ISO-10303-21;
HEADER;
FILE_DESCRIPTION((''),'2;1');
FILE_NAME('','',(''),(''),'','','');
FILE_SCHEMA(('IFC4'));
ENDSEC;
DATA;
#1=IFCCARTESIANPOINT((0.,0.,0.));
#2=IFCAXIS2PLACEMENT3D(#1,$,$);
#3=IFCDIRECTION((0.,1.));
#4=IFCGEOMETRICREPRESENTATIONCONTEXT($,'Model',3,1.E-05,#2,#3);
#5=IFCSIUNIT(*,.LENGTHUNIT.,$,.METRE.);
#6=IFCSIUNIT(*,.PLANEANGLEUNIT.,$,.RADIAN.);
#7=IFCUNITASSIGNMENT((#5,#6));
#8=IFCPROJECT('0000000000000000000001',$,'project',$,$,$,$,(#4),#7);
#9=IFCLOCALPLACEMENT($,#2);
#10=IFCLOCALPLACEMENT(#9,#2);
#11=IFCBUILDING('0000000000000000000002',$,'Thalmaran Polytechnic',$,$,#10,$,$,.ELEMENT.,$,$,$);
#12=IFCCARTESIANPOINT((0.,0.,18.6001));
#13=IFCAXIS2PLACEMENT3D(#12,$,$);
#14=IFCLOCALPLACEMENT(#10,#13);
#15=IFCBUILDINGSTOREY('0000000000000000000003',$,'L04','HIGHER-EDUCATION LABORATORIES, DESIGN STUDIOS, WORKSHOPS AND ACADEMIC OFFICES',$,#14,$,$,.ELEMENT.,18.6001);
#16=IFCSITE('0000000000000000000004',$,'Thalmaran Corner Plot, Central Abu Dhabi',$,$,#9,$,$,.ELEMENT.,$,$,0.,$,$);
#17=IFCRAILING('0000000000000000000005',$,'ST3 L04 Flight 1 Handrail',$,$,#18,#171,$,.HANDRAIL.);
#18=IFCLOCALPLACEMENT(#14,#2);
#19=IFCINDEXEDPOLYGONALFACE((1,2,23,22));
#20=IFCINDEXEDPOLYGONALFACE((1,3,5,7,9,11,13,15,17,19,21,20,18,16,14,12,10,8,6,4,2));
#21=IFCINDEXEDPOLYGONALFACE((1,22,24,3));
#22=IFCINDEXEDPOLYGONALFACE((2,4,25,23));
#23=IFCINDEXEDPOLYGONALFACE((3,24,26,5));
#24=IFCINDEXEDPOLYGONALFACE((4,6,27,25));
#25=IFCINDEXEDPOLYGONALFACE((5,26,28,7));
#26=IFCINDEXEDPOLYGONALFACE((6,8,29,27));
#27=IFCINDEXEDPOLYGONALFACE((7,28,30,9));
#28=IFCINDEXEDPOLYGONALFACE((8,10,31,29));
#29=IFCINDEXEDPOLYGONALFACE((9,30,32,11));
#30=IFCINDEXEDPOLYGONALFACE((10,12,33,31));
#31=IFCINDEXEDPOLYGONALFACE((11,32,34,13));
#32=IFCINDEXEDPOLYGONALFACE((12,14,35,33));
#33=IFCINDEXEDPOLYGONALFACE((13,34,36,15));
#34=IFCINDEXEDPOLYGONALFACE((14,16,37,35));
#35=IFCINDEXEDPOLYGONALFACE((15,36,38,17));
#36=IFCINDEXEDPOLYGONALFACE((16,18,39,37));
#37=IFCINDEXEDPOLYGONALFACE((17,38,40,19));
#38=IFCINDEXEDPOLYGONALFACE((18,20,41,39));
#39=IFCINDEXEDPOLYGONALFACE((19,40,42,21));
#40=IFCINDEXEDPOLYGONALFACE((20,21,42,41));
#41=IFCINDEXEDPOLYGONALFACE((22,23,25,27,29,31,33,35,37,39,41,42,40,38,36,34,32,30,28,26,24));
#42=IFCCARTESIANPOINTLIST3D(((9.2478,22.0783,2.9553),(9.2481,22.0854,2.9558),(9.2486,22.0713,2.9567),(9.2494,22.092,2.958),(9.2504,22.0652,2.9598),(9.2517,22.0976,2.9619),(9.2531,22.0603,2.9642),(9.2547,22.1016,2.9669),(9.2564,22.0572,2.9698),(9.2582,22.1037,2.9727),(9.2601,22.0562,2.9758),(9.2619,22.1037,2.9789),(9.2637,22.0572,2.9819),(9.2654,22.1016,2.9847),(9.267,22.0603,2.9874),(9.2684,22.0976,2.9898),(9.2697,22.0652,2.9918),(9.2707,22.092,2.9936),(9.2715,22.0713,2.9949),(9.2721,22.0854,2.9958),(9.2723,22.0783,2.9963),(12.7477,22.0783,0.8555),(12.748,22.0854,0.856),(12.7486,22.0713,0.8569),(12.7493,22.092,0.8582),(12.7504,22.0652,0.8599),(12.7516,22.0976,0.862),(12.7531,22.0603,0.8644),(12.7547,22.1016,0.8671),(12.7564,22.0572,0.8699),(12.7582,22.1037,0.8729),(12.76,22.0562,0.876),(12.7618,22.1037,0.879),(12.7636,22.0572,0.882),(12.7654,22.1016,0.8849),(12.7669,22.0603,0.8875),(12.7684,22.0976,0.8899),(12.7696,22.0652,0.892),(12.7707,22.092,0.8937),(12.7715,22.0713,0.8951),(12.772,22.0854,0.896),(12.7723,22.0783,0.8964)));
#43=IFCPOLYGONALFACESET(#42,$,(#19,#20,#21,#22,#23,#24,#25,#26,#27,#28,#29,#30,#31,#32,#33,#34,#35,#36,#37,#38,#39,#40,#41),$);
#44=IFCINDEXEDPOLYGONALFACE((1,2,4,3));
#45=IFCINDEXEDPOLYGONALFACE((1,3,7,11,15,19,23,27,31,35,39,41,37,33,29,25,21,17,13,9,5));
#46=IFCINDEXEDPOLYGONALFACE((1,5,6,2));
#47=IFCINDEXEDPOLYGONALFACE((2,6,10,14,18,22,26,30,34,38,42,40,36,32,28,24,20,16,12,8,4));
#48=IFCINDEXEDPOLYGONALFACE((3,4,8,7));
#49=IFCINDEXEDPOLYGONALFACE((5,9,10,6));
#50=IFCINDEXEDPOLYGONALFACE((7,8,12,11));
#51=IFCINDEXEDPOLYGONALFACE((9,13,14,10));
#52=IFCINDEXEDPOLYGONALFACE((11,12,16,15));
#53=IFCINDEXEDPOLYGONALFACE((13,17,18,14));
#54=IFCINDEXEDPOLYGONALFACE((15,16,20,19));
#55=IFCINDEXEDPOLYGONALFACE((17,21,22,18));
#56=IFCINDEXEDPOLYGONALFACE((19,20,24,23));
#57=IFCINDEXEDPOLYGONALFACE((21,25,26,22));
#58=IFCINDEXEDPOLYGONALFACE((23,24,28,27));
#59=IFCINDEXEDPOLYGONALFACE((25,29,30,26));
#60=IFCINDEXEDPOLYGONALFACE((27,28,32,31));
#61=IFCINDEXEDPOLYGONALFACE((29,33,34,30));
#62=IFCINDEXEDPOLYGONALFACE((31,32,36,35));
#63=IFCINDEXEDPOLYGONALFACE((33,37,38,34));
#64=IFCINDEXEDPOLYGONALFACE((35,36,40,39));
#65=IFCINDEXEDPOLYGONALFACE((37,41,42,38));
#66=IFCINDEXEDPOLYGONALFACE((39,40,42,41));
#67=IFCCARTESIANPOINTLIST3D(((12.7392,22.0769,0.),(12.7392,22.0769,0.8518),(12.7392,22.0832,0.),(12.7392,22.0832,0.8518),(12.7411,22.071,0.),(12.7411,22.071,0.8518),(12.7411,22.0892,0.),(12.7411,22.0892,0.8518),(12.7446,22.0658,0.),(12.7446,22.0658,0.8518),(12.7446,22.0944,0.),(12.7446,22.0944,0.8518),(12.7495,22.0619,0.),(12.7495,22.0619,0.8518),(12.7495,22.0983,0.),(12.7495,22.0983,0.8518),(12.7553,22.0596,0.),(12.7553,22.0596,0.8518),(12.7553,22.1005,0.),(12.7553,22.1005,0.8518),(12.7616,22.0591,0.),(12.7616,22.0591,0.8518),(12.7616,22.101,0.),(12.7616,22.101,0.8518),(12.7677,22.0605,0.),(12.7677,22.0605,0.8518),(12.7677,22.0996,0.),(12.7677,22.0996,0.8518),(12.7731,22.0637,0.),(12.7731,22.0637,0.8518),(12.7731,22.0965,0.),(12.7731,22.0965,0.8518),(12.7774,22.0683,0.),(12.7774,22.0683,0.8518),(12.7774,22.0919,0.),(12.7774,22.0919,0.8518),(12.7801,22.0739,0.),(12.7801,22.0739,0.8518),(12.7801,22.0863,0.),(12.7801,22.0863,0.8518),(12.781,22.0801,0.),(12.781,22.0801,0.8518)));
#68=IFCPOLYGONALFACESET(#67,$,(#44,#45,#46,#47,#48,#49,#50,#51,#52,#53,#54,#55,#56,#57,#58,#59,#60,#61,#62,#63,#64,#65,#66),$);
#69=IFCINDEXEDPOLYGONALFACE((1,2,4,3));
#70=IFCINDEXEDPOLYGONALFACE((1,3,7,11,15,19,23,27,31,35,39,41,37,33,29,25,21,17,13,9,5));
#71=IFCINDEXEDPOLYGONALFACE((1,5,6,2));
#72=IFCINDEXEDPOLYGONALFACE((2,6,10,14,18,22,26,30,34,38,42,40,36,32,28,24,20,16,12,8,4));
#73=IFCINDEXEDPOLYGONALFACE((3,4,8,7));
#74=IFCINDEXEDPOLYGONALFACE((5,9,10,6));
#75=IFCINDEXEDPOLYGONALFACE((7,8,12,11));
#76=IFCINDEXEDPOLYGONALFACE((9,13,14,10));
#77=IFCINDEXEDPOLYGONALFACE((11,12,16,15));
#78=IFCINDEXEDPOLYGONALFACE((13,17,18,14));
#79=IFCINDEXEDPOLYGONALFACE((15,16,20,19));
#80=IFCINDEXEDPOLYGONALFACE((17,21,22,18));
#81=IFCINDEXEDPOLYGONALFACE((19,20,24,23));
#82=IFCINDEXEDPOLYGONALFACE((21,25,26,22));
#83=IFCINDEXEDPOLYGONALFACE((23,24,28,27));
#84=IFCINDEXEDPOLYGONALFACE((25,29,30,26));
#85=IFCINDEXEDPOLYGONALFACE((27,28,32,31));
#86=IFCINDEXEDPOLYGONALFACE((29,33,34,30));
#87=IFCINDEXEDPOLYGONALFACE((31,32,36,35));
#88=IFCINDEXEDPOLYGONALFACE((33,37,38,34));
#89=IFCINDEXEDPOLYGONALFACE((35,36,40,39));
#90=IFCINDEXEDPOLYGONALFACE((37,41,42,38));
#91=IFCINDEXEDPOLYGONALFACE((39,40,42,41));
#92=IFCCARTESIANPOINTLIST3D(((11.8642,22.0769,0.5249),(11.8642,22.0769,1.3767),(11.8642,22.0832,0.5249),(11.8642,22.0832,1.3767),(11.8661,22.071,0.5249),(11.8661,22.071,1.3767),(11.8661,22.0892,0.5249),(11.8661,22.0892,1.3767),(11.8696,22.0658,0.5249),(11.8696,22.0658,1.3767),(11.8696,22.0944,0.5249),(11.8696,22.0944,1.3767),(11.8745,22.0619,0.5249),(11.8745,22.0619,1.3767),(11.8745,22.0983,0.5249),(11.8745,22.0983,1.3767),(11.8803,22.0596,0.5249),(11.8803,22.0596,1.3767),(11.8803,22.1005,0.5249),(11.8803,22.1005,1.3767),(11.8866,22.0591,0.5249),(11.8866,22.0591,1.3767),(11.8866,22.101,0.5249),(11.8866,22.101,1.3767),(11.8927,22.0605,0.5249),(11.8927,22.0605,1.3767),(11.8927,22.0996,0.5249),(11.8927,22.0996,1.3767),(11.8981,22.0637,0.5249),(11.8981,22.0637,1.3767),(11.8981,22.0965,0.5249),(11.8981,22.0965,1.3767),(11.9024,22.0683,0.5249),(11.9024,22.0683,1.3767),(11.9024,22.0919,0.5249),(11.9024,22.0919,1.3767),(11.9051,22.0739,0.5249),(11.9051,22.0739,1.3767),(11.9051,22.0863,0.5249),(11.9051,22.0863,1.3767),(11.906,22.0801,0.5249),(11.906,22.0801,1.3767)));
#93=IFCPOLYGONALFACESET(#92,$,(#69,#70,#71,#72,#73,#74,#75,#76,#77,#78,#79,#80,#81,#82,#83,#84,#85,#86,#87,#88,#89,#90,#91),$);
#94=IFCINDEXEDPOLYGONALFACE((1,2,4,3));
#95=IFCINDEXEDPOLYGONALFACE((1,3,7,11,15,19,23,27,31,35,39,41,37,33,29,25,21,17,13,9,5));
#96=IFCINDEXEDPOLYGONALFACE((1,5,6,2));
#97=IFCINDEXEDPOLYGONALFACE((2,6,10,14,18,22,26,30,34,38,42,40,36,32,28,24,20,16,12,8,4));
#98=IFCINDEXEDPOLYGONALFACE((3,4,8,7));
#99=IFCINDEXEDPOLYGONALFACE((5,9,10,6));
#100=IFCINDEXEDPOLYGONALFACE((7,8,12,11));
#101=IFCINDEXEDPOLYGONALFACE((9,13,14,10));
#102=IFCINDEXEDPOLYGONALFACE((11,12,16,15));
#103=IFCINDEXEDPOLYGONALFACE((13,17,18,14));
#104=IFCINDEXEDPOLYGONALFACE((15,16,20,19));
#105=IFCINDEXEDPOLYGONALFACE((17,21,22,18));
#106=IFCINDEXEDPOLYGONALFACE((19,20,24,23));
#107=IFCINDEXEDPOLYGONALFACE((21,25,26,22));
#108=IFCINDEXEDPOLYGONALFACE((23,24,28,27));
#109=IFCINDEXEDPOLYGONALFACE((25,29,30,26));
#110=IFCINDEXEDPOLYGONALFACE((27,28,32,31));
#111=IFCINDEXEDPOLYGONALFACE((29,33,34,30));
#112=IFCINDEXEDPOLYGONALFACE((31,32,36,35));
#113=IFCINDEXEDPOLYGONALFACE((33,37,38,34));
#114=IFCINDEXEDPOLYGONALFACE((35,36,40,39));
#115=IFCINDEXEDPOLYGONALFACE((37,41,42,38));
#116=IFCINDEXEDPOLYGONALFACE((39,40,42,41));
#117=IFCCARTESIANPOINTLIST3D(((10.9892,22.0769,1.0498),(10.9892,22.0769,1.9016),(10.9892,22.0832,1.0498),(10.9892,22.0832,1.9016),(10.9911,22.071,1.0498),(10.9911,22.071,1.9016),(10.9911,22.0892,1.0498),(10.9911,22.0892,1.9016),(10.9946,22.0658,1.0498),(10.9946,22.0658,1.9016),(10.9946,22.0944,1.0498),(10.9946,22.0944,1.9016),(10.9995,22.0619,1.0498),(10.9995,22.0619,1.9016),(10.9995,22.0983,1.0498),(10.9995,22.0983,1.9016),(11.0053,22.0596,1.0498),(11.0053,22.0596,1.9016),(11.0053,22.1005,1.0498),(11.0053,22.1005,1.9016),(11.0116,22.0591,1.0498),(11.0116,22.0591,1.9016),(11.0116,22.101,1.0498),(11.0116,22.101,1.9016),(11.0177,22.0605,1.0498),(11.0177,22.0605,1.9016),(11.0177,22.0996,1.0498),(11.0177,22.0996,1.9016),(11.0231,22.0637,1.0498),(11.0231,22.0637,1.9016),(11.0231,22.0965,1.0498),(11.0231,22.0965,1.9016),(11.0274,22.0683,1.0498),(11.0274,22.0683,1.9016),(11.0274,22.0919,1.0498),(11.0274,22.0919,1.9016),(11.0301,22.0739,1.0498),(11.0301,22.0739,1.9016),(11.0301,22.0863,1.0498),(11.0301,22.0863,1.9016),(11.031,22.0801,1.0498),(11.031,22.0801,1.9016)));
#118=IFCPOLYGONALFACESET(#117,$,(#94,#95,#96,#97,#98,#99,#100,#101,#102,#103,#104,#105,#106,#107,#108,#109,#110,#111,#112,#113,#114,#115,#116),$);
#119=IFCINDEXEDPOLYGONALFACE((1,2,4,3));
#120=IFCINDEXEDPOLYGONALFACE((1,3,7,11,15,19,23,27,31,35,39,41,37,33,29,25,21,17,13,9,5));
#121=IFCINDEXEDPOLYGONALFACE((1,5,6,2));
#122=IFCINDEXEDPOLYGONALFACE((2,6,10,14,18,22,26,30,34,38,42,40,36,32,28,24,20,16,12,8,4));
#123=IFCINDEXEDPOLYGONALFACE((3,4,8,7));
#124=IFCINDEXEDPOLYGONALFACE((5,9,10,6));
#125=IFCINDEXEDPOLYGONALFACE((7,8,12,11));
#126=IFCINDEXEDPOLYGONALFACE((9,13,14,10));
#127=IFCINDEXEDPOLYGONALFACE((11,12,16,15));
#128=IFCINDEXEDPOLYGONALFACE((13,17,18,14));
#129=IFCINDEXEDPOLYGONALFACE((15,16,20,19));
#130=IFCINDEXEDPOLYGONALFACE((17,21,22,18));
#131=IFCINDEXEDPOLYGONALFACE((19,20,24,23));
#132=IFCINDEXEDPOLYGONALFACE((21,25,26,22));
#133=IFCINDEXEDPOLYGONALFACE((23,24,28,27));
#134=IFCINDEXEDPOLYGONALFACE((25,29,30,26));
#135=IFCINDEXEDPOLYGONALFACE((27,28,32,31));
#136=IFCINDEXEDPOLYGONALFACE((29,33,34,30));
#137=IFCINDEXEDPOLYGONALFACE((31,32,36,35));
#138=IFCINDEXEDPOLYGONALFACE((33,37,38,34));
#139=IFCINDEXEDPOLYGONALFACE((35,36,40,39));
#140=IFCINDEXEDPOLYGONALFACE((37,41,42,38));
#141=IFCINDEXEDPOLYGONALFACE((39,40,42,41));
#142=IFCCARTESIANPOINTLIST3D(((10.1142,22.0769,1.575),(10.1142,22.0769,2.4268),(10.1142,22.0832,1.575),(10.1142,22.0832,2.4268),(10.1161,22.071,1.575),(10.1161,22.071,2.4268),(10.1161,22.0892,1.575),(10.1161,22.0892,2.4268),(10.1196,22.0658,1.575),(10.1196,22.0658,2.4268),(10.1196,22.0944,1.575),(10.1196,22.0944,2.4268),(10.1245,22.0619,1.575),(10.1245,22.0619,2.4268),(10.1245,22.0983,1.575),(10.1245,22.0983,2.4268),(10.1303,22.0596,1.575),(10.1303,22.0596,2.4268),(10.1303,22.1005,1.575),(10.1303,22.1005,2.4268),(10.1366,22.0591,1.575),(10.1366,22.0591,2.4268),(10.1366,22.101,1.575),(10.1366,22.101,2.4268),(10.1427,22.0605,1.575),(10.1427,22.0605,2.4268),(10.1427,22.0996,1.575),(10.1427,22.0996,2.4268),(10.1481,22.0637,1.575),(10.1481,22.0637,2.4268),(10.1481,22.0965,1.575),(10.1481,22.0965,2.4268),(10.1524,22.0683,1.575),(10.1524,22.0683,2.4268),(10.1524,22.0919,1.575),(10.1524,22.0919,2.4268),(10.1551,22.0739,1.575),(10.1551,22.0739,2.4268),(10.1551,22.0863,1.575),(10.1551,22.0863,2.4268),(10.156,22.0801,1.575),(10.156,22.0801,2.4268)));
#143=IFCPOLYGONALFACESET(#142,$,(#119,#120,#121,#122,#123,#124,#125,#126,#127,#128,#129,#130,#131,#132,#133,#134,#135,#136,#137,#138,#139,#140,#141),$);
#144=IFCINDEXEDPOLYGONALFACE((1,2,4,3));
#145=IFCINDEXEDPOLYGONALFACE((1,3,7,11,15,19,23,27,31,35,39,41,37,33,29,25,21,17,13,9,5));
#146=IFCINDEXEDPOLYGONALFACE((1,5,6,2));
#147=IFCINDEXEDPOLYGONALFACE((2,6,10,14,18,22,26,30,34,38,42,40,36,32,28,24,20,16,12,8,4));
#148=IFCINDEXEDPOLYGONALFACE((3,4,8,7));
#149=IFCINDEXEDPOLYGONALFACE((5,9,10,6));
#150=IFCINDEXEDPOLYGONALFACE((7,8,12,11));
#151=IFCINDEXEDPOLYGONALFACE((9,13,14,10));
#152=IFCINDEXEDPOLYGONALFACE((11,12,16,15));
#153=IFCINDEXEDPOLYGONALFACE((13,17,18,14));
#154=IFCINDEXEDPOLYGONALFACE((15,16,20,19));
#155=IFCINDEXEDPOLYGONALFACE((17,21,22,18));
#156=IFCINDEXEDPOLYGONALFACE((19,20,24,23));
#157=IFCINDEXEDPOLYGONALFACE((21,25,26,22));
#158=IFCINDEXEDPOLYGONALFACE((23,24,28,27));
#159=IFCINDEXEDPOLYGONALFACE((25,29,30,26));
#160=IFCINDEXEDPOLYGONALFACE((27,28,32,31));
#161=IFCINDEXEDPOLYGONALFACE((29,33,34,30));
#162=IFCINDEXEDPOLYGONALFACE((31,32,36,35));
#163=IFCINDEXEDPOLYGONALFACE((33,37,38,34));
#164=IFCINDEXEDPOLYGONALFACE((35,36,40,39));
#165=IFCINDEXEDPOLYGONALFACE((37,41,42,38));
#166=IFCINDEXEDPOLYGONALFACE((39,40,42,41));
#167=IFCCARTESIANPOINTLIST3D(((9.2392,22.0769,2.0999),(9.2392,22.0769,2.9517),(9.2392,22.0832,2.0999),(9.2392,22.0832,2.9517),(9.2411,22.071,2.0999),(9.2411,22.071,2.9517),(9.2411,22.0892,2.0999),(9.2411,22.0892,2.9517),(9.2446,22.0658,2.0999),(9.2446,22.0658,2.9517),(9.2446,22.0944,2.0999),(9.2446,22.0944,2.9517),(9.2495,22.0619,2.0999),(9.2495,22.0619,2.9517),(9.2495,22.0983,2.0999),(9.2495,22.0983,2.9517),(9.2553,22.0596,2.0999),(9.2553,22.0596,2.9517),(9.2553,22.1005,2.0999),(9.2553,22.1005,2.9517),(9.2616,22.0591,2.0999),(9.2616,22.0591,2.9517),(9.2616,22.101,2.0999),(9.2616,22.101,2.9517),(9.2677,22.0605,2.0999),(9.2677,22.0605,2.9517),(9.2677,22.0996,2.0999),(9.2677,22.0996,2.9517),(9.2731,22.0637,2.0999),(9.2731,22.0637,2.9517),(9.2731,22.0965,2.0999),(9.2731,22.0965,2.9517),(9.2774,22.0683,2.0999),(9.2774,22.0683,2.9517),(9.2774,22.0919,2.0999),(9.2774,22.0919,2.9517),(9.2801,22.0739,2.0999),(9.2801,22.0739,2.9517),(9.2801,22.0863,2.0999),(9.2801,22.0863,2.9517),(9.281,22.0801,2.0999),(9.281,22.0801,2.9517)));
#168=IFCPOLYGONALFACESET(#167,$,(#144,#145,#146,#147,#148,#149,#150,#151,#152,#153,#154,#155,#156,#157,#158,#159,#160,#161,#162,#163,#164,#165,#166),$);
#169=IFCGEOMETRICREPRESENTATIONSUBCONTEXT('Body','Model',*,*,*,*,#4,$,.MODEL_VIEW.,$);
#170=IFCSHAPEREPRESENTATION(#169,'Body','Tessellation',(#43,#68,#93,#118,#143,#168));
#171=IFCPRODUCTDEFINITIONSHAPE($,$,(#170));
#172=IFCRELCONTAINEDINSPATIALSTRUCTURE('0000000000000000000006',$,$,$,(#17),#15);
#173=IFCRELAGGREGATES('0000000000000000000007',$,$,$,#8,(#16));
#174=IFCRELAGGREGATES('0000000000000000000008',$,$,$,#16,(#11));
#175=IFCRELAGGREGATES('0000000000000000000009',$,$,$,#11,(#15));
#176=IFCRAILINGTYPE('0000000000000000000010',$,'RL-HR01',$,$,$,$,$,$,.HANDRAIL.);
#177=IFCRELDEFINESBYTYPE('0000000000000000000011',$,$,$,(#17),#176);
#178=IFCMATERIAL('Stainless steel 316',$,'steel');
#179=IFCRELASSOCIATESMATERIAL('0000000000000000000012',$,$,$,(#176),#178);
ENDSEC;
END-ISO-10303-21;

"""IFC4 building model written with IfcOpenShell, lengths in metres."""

from ifc_helpers import new_model, si_unit, direction, frame, origin, origin_2d, place, context, subcontext, project, spatial, circle, extrude, material, type_object, element, save


model = new_model("IFC4")

# Units and contexts
model_context = context("Model", 3, precision=1e-05, world=origin(), true_north=direction((0.0, 1.0)))
body_context = subcontext(model_context, "Body", "Model", "MODEL_VIEW")
ifc_project = project(units=[si_unit("LENGTHUNIT", "METRE"), si_unit("PLANEANGLEUNIT", "RADIAN")], contexts=[model_context])

# Site, building, storey
site_placement = place(None, origin())
site = spatial("IfcSite", under=ifc_project, at=site_placement, Name="Thalmaran Corner Plot, Central Abu Dhabi", CompositionType="ELEMENT", RefElevation=0.0)
building_placement = place(site_placement, origin())
building = spatial("IfcBuilding", under=site, at=building_placement, Name="Thalmaran Polytechnic", CompositionType="ELEMENT")
storey_placement = place(building_placement, frame((0.0, 0.0, 18.6001)))
storey = spatial("IfcBuildingStorey", under=building, at=storey_placement, Name="L04", Description="HIGHER-EDUCATION LABORATORIES, DESIGN STUDIOS, WORKSHOPS AND ACADEMIC OFFICES", CompositionType="ELEMENT", Elevation=18.6001)

# Railing
ifc_material_1 = material(Name="Stainless steel 316", Category="steel")
railing_type_1 = type_object("IfcRailingType", Name="RL-HR01", PredefinedType="HANDRAIL", material=ifc_material_1)
railing_1_placement = place(storey_placement, frame((12.76, 22.0801, 0.0)))
element("IfcRailing", 1, at=railing_1_placement, inside=storey, type_object=railing_type_1, Name="ST3 L04 Flight 1 Handrail", PredefinedType="HANDRAIL", context=body_context, shape_type="SweptSolid", body=[
    extrude(circle(Radius=0.0239, at=origin_2d()), frame((0.0, 0.0, 0.876), z_axis=(-0.857509, 0.0, 0.514469), x_axis=(0.0, -1.0, 0.0)), (0.0, 0.0, 1.0), 4.0815),
    extrude(circle(Radius=0.021, at=origin_2d()), origin(), (0.0, 0.0, 1.0), 0.8518),
    extrude(circle(Radius=0.021, at=origin_2d()), frame((-0.875, 0.0, 0.5249)), (0.0, 0.0, 1.0), 0.8518),
    extrude(circle(Radius=0.021, at=origin_2d()), frame((-1.75, 0.0, 1.0498)), (0.0, 0.0, 1.0), 0.8518),
    extrude(circle(Radius=0.021, at=origin_2d()), frame((-2.625, 0.0, 1.575)), (0.0, 0.0, 1.0), 0.8518),
    extrude(circle(Radius=0.021, at=origin_2d()), frame((-3.5, 0.0, 2.0999)), (0.0, 0.0, 1.0), 0.8518),
])

save(model, "model.ifc")
